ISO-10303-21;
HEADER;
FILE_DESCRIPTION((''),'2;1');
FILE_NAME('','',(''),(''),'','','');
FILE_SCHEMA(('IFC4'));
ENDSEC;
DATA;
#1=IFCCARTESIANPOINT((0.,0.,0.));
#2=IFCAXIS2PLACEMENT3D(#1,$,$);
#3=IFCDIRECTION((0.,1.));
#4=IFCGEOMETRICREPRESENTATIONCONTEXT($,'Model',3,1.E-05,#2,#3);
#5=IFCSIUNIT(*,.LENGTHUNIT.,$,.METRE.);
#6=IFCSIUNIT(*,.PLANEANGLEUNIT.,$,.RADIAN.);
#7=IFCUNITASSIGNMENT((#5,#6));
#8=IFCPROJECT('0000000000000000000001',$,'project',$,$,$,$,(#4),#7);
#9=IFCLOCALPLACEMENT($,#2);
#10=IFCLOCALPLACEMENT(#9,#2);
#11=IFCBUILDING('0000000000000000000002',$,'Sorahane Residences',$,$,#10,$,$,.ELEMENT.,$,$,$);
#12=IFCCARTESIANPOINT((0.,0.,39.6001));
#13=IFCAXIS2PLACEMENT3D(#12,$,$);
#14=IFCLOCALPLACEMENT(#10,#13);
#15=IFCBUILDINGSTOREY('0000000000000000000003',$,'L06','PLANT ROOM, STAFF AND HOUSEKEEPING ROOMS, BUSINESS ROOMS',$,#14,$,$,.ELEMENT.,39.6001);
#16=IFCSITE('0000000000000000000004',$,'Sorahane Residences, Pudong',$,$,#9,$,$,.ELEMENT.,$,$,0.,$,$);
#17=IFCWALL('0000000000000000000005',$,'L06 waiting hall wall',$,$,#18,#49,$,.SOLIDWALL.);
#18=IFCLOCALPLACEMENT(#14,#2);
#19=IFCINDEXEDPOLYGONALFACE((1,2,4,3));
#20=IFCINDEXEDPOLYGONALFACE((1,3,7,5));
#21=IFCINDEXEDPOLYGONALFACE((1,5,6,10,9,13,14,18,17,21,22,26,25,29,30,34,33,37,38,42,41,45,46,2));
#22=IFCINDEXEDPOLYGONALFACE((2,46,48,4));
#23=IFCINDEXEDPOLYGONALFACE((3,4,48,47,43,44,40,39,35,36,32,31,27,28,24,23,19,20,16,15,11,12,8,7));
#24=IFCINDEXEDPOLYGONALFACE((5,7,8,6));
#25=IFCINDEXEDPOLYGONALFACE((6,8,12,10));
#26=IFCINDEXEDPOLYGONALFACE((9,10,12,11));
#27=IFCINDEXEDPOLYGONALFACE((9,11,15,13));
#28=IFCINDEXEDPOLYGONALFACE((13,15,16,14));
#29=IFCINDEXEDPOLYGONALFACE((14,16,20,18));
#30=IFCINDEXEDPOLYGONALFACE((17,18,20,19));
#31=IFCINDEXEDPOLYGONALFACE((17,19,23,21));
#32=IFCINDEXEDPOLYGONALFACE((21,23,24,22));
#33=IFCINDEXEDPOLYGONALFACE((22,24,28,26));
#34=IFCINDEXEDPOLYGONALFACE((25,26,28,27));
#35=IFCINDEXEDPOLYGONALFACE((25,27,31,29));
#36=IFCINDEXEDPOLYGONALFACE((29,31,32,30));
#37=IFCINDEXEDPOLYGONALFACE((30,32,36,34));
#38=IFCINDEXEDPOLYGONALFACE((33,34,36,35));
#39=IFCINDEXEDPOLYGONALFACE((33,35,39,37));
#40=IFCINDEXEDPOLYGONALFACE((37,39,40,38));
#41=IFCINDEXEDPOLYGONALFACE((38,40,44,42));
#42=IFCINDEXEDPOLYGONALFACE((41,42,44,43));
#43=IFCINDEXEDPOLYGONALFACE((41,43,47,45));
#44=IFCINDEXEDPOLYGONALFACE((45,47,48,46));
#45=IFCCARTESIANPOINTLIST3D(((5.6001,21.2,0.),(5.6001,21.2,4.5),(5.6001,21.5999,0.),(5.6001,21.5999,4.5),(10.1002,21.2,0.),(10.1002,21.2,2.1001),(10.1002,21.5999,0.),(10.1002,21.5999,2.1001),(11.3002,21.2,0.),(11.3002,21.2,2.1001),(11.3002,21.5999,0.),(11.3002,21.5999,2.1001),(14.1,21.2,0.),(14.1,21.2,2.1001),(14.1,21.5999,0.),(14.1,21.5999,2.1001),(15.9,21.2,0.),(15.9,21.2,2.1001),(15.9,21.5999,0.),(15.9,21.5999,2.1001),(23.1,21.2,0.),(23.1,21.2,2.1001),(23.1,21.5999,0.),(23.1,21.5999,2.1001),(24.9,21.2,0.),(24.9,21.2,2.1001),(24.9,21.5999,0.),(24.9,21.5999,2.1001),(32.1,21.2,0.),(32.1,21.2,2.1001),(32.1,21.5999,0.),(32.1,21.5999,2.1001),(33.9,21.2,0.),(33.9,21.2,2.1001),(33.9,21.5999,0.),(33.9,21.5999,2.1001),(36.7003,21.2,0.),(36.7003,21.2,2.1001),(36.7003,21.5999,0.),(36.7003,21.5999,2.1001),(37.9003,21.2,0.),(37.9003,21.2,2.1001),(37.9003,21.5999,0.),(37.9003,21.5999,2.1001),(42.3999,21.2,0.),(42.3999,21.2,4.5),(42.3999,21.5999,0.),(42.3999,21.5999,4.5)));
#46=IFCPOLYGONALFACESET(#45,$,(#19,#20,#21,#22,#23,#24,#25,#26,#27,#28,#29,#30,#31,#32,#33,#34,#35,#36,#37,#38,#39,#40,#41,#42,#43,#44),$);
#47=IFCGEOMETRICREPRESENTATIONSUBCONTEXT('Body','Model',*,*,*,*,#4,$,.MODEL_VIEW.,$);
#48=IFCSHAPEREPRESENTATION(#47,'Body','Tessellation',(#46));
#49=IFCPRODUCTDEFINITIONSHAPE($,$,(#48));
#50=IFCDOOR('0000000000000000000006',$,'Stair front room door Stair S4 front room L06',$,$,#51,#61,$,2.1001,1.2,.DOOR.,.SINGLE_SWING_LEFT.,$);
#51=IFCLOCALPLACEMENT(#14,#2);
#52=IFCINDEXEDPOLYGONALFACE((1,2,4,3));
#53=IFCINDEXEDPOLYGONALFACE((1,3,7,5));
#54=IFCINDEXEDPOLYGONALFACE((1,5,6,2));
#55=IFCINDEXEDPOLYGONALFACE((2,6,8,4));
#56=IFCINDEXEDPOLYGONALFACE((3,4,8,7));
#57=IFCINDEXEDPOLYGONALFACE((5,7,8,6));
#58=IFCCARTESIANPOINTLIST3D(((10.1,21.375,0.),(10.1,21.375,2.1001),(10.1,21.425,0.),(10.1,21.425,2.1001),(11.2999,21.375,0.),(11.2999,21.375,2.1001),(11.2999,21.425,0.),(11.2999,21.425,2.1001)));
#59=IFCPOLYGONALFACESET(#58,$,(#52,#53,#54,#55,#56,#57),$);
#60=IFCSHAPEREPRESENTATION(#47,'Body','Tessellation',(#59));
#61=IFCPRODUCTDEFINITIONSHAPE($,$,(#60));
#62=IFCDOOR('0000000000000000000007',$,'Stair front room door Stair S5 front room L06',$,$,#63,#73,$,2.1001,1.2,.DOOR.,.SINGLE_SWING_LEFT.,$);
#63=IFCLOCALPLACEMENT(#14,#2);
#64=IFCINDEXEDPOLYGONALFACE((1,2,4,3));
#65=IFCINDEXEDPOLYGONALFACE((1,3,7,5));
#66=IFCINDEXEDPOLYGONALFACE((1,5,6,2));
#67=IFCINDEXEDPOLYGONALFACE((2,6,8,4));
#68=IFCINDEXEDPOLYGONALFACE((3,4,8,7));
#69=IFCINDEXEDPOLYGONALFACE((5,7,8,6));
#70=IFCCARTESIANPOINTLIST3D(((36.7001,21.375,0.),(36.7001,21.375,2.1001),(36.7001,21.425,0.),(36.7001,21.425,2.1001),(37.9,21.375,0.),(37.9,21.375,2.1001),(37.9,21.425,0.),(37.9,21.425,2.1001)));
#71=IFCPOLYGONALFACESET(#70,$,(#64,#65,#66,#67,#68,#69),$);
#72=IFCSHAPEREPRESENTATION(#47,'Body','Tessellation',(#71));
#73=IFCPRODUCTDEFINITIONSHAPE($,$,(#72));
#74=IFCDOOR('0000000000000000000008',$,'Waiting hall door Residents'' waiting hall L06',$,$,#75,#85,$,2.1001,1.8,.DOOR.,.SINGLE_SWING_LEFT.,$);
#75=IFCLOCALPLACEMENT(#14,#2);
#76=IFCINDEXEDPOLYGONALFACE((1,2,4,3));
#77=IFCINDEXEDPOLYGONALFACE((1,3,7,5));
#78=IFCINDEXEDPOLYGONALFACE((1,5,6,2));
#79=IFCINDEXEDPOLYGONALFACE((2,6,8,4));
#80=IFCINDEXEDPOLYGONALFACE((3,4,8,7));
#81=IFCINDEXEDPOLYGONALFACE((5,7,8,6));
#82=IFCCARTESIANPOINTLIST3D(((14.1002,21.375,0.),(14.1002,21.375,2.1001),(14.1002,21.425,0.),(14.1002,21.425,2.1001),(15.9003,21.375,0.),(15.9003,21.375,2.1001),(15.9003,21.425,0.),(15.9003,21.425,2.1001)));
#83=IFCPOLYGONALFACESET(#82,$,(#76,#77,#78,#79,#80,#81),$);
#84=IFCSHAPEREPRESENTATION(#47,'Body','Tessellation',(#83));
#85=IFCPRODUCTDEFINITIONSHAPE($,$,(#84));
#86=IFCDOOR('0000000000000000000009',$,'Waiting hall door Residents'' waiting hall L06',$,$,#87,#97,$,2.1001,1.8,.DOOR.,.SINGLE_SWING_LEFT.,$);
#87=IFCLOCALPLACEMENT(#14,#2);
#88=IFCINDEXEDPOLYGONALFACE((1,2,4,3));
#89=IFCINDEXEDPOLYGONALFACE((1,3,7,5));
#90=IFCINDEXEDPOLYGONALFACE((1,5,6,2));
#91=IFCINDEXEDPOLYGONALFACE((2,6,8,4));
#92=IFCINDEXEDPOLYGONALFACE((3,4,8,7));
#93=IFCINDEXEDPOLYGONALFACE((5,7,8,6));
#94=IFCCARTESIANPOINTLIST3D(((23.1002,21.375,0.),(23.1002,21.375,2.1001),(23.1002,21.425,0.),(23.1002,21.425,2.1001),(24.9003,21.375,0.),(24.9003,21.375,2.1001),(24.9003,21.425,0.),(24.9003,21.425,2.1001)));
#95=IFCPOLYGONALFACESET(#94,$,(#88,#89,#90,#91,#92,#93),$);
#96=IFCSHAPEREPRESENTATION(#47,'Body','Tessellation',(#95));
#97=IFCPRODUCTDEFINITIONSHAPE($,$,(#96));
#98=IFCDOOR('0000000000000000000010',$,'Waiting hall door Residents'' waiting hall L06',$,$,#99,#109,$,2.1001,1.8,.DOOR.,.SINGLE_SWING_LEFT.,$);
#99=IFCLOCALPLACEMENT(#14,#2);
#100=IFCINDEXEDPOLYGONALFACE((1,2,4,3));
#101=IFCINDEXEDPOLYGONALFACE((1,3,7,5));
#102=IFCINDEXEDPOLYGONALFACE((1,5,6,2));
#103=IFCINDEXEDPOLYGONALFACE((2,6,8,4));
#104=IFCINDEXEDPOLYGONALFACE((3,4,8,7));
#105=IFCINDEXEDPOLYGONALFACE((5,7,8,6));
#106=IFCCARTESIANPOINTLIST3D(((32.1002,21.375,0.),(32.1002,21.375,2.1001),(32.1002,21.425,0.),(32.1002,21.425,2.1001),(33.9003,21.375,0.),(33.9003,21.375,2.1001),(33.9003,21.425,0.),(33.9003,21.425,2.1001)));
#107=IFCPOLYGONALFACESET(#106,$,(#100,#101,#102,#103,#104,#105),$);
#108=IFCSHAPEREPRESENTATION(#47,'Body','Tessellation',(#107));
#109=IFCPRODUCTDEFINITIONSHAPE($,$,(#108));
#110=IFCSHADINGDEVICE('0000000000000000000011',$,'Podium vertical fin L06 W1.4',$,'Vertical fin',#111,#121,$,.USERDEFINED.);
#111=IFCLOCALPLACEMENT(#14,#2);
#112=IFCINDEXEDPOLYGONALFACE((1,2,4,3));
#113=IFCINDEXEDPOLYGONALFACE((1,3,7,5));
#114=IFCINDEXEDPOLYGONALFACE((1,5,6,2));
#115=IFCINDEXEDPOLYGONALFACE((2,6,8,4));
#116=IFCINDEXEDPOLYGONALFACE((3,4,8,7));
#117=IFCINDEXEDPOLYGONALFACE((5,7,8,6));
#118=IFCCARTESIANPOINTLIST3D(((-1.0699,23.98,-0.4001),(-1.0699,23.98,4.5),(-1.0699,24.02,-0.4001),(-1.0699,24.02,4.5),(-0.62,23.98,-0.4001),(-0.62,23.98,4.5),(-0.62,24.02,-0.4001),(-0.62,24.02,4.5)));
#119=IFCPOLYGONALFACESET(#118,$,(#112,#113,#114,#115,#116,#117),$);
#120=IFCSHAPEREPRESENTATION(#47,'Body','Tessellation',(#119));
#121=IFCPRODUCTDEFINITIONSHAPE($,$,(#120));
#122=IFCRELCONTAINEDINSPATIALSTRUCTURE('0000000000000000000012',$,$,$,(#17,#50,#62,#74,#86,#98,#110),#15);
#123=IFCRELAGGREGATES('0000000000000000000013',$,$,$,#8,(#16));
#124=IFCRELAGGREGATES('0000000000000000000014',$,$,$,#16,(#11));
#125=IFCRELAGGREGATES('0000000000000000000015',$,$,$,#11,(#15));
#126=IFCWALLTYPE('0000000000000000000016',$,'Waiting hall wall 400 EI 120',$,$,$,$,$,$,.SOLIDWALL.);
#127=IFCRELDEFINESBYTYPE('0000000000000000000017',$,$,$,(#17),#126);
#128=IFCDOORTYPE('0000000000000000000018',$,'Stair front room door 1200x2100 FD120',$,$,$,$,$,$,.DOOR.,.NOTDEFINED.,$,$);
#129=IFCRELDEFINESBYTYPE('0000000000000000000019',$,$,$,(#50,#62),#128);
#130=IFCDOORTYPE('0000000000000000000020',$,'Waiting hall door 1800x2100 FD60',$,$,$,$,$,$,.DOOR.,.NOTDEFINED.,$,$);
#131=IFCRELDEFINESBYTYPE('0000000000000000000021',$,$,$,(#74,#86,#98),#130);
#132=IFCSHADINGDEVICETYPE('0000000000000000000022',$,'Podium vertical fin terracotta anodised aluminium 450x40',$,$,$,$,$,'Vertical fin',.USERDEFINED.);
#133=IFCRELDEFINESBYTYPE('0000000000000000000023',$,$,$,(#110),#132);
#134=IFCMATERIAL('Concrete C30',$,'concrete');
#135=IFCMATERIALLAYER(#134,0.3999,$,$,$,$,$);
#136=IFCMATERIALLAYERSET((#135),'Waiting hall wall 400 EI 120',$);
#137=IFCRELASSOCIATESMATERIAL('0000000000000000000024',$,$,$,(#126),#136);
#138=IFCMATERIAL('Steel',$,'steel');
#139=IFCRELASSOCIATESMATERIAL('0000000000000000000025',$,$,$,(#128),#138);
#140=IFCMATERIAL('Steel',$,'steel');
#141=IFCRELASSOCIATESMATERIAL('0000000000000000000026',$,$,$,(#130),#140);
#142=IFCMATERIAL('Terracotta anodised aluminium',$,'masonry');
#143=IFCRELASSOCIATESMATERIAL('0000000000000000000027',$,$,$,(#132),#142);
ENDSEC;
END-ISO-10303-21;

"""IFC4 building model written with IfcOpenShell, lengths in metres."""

from ifc_helpers import new_model, si_unit, direction, frame, frame_2d, origin, origin_2d, place, context, subcontext, project, spatial, rectangle, extrude, material, layer, layer_set, material_profile, profile_set, type_object, element, fill, save


model = new_model("IFC4")

# Units and contexts
model_context = context("Model", 3, precision=1e-05, world=origin(), true_north=direction((0.0, 1.0)))
body_context = subcontext(model_context, "Body", "Model", "MODEL_VIEW")
ifc_project = project(units=[si_unit("LENGTHUNIT", "METRE"), si_unit("PLANEANGLEUNIT", "RADIAN")], contexts=[model_context])

# Site, building, storey
site_placement = place(None, origin())
site = spatial("IfcSite", under=ifc_project, at=site_placement, Name="Sorahane Residences, Pudong", CompositionType="ELEMENT", RefElevation=0.0)
building_placement = place(site_placement, origin())
building = spatial("IfcBuilding", under=site, at=building_placement, Name="Sorahane Residences", CompositionType="ELEMENT")
storey_placement = place(building_placement, frame((0.0, 0.0, 39.6001)))
storey = spatial("IfcBuildingStorey", under=building, at=storey_placement, Name="L06", Description="PLANT ROOM, STAFF AND HOUSEKEEPING ROOMS, BUSINESS ROOMS", CompositionType="ELEMENT", Elevation=39.6001)

# Wall, openings, doors
ifc_material_1 = material(Name="Concrete C30", Category="concrete")
ifc_layer_1 = layer(ifc_material_1, 0.3999)
ifc_layer_set_1 = layer_set([ifc_layer_1], Name="Waiting hall wall 400 EI 120")
wall_type_1 = type_object("IfcWallType", Name="Waiting hall wall 400 EI 120", PredefinedType="SOLIDWALL", material=ifc_layer_set_1)
wall_1_placement = place(storey_placement, frame((5.6001, 21.3999, 0.0), z_axis=(0.0, 0.0, 1.0), x_axis=(1.0, 0.0, 0.0)))
wall_1 = element("IfcWall", 1, at=wall_1_placement, inside=storey, type_object=wall_type_1, Name="L06 waiting hall wall", PredefinedType="SOLIDWALL", context=body_context, shape_type="SweptSolid", body=[
    extrude(rectangle(XDim=36.7998, YDim=0.3999, at=frame_2d((18.3999, 0.0))), origin(), (0.0, 0.0, 1.0), 4.5),
])
opening_1_placement = place(wall_1_placement, frame((8.5, 0.0, 0.0)))
opening_1 = element("IfcOpeningElement", 2, at=opening_1_placement, cuts=wall_1, PredefinedType="OPENING", context=body_context, shape_type="SweptSolid", body=[
    extrude(rectangle(XDim=1.8, YDim=2.1001, at=frame_2d((0.8999, 1.05))), frame((0.0, 0.21, 0.0), z_axis=(0.0, -1.0, 0.0), x_axis=(1.0, 0.0, 0.0)), (0.0, 0.0, 1.0), 0.4199),
])
opening_2_placement = place(wall_1_placement, frame((17.5, 0.0, 0.0)))
opening_2 = element("IfcOpeningElement", 3, at=opening_2_placement, cuts=wall_1, PredefinedType="OPENING", context=body_context, shape_type="SweptSolid", body=[
    extrude(rectangle(XDim=1.8, YDim=2.1001, at=frame_2d((0.8999, 1.05))), frame((0.0, 0.21, 0.0), z_axis=(0.0, -1.0, 0.0), x_axis=(1.0, 0.0, 0.0)), (0.0, 0.0, 1.0), 0.4199),
])
opening_3_placement = place(wall_1_placement, frame((26.5, 0.0, 0.0)))
opening_3 = element("IfcOpeningElement", 4, at=opening_3_placement, cuts=wall_1, PredefinedType="OPENING", context=body_context, shape_type="SweptSolid", body=[
    extrude(rectangle(XDim=1.8, YDim=2.1001, at=frame_2d((0.8999, 1.05))), frame((0.0, 0.21, 0.0), z_axis=(0.0, -1.0, 0.0), x_axis=(1.0, 0.0, 0.0)), (0.0, 0.0, 1.0), 0.4199),
])
opening_4_placement = place(wall_1_placement, frame((4.5, 0.0, 0.0)))
opening_4 = element("IfcOpeningElement", 5, at=opening_4_placement, cuts=wall_1, PredefinedType="OPENING", context=body_context, shape_type="SweptSolid", body=[
    extrude(rectangle(XDim=1.2, YDim=2.1001, at=frame_2d((0.6001, 1.05))), frame((0.0, 0.21, 0.0), z_axis=(0.0, -1.0, 0.0), x_axis=(1.0, 0.0, 0.0)), (0.0, 0.0, 1.0), 0.4199),
])
opening_5_placement = place(wall_1_placement, frame((31.1001, 0.0, 0.0)))
opening_5 = element("IfcOpeningElement", 6, at=opening_5_placement, cuts=wall_1, PredefinedType="OPENING", context=body_context, shape_type="SweptSolid", body=[
    extrude(rectangle(XDim=1.2, YDim=2.1001, at=frame_2d((0.6001, 1.05))), frame((0.0, 0.21, 0.0), z_axis=(0.0, -1.0, 0.0), x_axis=(1.0, 0.0, 0.0)), (0.0, 0.0, 1.0), 0.4199),
])
ifc_material_2 = material(Name="Steel", Category="steel")
door_type_1 = type_object("IfcDoorType", Name="Stair front room door 1200x2100 FD120", OperationType="NOTDEFINED", PredefinedType="DOOR", material=ifc_material_2)
door_1_placement = place(opening_4_placement, frame((1.2, 0.0, 0.0), z_axis=(0.0, 0.0, 1.0), x_axis=(-1.0, 0.0, 0.0)))
door_1 = element("IfcDoor", 7, at=door_1_placement, inside=storey, type_object=door_type_1, Name="Stair front room door Stair S4 front room L06", OperationType="SINGLE_SWING_LEFT", OverallHeight=2.1001, OverallWidth=1.2, PredefinedType="DOOR", context=body_context, shape_type="SweptSolid", body=[
    extrude(rectangle(XDim=1.2, YDim=2.1001, at=frame_2d((0.6001, 1.05))), frame((0.0, 0.0249, 0.0), z_axis=(0.0, -1.0, 0.0), x_axis=(1.0, 0.0, 0.0)), (0.0, 0.0, 1.0), 0.05),
])
fill(opening_4, door_1)
door_2_placement = place(opening_5_placement, frame((1.2, 0.0, 0.0), z_axis=(0.0, 0.0, 1.0), x_axis=(-1.0, 0.0, 0.0)))
door_2 = element("IfcDoor", 8, at=door_2_placement, inside=storey, type_object=door_type_1, Name="Stair front room door Stair S5 front room L06", OperationType="SINGLE_SWING_LEFT", OverallHeight=2.1001, OverallWidth=1.2, PredefinedType="DOOR", context=body_context, shape_type="SweptSolid", body=[
    extrude(rectangle(XDim=1.2, YDim=2.1001, at=frame_2d((0.6001, 1.05))), frame((0.0, 0.0249, 0.0), z_axis=(0.0, -1.0, 0.0), x_axis=(1.0, 0.0, 0.0)), (0.0, 0.0, 1.0), 0.05),
])
fill(opening_5, door_2)
ifc_material_3 = material(Name="Steel", Category="steel")
door_type_2 = type_object("IfcDoorType", Name="Waiting hall door 1800x2100 FD60", OperationType="NOTDEFINED", PredefinedType="DOOR", material=ifc_material_3)
door_3_placement = place(opening_1_placement, frame((1.8, 0.0, 0.0), z_axis=(0.0, 0.0, 1.0), x_axis=(-1.0, 0.0, 0.0)))
door_3 = element("IfcDoor", 9, at=door_3_placement, inside=storey, type_object=door_type_2, Name="Waiting hall door Residents' waiting hall L06", OperationType="SINGLE_SWING_LEFT", OverallHeight=2.1001, OverallWidth=1.8, PredefinedType="DOOR", context=body_context, shape_type="SweptSolid", body=[
    extrude(rectangle(XDim=1.8, YDim=2.1001, at=frame_2d((0.8999, 1.05))), frame((0.0, 0.0249, 0.0), z_axis=(0.0, -1.0, 0.0), x_axis=(1.0, 0.0, 0.0)), (0.0, 0.0, 1.0), 0.05),
])
fill(opening_1, door_3)
door_4_placement = place(opening_2_placement, frame((1.8, 0.0, 0.0), z_axis=(0.0, 0.0, 1.0), x_axis=(-1.0, 0.0, 0.0)))
door_4 = element("IfcDoor", 10, at=door_4_placement, inside=storey, type_object=door_type_2, Name="Waiting hall door Residents' waiting hall L06", OperationType="SINGLE_SWING_LEFT", OverallHeight=2.1001, OverallWidth=1.8, PredefinedType="DOOR", context=body_context, shape_type="SweptSolid", body=[
    extrude(rectangle(XDim=1.8, YDim=2.1001, at=frame_2d((0.8999, 1.05))), frame((0.0, 0.0249, 0.0), z_axis=(0.0, -1.0, 0.0), x_axis=(1.0, 0.0, 0.0)), (0.0, 0.0, 1.0), 0.05),
])
fill(opening_2, door_4)
door_5_placement = place(opening_3_placement, frame((1.8, 0.0, 0.0), z_axis=(0.0, 0.0, 1.0), x_axis=(-1.0, 0.0, 0.0)))
door_5 = element("IfcDoor", 11, at=door_5_placement, inside=storey, type_object=door_type_2, Name="Waiting hall door Residents' waiting hall L06", OperationType="SINGLE_SWING_LEFT", OverallHeight=2.1001, OverallWidth=1.8, PredefinedType="DOOR", context=body_context, shape_type="SweptSolid", body=[
    extrude(rectangle(XDim=1.8, YDim=2.1001, at=frame_2d((0.8999, 1.05))), frame((0.0, 0.0249, 0.0), z_axis=(0.0, -1.0, 0.0), x_axis=(1.0, 0.0, 0.0)), (0.0, 0.0, 1.0), 0.05),
])
fill(opening_3, door_5)

# Shading device
ifc_material_4 = material(Name="Terracotta anodised aluminium", Category="masonry")
ifc_material_profile_1 = material_profile(ifc_material_4, rectangle(XDim=0.45, YDim=0.04, at=origin_2d()), Name="Podium vertical fin terracotta anodised aluminium 450x40")
ifc_profile_set_1 = profile_set([ifc_material_profile_1], Name="Terracotta anodised aluminium")
shading_device_type = type_object("IfcShadingDeviceType", Name="Podium vertical fin terracotta anodised aluminium 450x40", ElementType="Vertical fin", PredefinedType="USERDEFINED", material=ifc_profile_set_1)
shading_device_placement = place(storey_placement, frame((-0.845, 24.0, -0.4001), z_axis=(0.0, 0.0, 1.0), x_axis=(-1.0, 0.0, 0.0)))
element("IfcShadingDevice", 12, at=shading_device_placement, inside=storey, type_object=shading_device_type, Name="Podium vertical fin L06 W1.4", ObjectType="Vertical fin", PredefinedType="USERDEFINED", context=body_context, shape_type="SweptSolid", body=[
    extrude(rectangle(XDim=0.45, YDim=0.04, at=origin_2d()), origin(), (0.0, 0.0, 1.0), 4.9001),
])

save(model, "model.ifc")
